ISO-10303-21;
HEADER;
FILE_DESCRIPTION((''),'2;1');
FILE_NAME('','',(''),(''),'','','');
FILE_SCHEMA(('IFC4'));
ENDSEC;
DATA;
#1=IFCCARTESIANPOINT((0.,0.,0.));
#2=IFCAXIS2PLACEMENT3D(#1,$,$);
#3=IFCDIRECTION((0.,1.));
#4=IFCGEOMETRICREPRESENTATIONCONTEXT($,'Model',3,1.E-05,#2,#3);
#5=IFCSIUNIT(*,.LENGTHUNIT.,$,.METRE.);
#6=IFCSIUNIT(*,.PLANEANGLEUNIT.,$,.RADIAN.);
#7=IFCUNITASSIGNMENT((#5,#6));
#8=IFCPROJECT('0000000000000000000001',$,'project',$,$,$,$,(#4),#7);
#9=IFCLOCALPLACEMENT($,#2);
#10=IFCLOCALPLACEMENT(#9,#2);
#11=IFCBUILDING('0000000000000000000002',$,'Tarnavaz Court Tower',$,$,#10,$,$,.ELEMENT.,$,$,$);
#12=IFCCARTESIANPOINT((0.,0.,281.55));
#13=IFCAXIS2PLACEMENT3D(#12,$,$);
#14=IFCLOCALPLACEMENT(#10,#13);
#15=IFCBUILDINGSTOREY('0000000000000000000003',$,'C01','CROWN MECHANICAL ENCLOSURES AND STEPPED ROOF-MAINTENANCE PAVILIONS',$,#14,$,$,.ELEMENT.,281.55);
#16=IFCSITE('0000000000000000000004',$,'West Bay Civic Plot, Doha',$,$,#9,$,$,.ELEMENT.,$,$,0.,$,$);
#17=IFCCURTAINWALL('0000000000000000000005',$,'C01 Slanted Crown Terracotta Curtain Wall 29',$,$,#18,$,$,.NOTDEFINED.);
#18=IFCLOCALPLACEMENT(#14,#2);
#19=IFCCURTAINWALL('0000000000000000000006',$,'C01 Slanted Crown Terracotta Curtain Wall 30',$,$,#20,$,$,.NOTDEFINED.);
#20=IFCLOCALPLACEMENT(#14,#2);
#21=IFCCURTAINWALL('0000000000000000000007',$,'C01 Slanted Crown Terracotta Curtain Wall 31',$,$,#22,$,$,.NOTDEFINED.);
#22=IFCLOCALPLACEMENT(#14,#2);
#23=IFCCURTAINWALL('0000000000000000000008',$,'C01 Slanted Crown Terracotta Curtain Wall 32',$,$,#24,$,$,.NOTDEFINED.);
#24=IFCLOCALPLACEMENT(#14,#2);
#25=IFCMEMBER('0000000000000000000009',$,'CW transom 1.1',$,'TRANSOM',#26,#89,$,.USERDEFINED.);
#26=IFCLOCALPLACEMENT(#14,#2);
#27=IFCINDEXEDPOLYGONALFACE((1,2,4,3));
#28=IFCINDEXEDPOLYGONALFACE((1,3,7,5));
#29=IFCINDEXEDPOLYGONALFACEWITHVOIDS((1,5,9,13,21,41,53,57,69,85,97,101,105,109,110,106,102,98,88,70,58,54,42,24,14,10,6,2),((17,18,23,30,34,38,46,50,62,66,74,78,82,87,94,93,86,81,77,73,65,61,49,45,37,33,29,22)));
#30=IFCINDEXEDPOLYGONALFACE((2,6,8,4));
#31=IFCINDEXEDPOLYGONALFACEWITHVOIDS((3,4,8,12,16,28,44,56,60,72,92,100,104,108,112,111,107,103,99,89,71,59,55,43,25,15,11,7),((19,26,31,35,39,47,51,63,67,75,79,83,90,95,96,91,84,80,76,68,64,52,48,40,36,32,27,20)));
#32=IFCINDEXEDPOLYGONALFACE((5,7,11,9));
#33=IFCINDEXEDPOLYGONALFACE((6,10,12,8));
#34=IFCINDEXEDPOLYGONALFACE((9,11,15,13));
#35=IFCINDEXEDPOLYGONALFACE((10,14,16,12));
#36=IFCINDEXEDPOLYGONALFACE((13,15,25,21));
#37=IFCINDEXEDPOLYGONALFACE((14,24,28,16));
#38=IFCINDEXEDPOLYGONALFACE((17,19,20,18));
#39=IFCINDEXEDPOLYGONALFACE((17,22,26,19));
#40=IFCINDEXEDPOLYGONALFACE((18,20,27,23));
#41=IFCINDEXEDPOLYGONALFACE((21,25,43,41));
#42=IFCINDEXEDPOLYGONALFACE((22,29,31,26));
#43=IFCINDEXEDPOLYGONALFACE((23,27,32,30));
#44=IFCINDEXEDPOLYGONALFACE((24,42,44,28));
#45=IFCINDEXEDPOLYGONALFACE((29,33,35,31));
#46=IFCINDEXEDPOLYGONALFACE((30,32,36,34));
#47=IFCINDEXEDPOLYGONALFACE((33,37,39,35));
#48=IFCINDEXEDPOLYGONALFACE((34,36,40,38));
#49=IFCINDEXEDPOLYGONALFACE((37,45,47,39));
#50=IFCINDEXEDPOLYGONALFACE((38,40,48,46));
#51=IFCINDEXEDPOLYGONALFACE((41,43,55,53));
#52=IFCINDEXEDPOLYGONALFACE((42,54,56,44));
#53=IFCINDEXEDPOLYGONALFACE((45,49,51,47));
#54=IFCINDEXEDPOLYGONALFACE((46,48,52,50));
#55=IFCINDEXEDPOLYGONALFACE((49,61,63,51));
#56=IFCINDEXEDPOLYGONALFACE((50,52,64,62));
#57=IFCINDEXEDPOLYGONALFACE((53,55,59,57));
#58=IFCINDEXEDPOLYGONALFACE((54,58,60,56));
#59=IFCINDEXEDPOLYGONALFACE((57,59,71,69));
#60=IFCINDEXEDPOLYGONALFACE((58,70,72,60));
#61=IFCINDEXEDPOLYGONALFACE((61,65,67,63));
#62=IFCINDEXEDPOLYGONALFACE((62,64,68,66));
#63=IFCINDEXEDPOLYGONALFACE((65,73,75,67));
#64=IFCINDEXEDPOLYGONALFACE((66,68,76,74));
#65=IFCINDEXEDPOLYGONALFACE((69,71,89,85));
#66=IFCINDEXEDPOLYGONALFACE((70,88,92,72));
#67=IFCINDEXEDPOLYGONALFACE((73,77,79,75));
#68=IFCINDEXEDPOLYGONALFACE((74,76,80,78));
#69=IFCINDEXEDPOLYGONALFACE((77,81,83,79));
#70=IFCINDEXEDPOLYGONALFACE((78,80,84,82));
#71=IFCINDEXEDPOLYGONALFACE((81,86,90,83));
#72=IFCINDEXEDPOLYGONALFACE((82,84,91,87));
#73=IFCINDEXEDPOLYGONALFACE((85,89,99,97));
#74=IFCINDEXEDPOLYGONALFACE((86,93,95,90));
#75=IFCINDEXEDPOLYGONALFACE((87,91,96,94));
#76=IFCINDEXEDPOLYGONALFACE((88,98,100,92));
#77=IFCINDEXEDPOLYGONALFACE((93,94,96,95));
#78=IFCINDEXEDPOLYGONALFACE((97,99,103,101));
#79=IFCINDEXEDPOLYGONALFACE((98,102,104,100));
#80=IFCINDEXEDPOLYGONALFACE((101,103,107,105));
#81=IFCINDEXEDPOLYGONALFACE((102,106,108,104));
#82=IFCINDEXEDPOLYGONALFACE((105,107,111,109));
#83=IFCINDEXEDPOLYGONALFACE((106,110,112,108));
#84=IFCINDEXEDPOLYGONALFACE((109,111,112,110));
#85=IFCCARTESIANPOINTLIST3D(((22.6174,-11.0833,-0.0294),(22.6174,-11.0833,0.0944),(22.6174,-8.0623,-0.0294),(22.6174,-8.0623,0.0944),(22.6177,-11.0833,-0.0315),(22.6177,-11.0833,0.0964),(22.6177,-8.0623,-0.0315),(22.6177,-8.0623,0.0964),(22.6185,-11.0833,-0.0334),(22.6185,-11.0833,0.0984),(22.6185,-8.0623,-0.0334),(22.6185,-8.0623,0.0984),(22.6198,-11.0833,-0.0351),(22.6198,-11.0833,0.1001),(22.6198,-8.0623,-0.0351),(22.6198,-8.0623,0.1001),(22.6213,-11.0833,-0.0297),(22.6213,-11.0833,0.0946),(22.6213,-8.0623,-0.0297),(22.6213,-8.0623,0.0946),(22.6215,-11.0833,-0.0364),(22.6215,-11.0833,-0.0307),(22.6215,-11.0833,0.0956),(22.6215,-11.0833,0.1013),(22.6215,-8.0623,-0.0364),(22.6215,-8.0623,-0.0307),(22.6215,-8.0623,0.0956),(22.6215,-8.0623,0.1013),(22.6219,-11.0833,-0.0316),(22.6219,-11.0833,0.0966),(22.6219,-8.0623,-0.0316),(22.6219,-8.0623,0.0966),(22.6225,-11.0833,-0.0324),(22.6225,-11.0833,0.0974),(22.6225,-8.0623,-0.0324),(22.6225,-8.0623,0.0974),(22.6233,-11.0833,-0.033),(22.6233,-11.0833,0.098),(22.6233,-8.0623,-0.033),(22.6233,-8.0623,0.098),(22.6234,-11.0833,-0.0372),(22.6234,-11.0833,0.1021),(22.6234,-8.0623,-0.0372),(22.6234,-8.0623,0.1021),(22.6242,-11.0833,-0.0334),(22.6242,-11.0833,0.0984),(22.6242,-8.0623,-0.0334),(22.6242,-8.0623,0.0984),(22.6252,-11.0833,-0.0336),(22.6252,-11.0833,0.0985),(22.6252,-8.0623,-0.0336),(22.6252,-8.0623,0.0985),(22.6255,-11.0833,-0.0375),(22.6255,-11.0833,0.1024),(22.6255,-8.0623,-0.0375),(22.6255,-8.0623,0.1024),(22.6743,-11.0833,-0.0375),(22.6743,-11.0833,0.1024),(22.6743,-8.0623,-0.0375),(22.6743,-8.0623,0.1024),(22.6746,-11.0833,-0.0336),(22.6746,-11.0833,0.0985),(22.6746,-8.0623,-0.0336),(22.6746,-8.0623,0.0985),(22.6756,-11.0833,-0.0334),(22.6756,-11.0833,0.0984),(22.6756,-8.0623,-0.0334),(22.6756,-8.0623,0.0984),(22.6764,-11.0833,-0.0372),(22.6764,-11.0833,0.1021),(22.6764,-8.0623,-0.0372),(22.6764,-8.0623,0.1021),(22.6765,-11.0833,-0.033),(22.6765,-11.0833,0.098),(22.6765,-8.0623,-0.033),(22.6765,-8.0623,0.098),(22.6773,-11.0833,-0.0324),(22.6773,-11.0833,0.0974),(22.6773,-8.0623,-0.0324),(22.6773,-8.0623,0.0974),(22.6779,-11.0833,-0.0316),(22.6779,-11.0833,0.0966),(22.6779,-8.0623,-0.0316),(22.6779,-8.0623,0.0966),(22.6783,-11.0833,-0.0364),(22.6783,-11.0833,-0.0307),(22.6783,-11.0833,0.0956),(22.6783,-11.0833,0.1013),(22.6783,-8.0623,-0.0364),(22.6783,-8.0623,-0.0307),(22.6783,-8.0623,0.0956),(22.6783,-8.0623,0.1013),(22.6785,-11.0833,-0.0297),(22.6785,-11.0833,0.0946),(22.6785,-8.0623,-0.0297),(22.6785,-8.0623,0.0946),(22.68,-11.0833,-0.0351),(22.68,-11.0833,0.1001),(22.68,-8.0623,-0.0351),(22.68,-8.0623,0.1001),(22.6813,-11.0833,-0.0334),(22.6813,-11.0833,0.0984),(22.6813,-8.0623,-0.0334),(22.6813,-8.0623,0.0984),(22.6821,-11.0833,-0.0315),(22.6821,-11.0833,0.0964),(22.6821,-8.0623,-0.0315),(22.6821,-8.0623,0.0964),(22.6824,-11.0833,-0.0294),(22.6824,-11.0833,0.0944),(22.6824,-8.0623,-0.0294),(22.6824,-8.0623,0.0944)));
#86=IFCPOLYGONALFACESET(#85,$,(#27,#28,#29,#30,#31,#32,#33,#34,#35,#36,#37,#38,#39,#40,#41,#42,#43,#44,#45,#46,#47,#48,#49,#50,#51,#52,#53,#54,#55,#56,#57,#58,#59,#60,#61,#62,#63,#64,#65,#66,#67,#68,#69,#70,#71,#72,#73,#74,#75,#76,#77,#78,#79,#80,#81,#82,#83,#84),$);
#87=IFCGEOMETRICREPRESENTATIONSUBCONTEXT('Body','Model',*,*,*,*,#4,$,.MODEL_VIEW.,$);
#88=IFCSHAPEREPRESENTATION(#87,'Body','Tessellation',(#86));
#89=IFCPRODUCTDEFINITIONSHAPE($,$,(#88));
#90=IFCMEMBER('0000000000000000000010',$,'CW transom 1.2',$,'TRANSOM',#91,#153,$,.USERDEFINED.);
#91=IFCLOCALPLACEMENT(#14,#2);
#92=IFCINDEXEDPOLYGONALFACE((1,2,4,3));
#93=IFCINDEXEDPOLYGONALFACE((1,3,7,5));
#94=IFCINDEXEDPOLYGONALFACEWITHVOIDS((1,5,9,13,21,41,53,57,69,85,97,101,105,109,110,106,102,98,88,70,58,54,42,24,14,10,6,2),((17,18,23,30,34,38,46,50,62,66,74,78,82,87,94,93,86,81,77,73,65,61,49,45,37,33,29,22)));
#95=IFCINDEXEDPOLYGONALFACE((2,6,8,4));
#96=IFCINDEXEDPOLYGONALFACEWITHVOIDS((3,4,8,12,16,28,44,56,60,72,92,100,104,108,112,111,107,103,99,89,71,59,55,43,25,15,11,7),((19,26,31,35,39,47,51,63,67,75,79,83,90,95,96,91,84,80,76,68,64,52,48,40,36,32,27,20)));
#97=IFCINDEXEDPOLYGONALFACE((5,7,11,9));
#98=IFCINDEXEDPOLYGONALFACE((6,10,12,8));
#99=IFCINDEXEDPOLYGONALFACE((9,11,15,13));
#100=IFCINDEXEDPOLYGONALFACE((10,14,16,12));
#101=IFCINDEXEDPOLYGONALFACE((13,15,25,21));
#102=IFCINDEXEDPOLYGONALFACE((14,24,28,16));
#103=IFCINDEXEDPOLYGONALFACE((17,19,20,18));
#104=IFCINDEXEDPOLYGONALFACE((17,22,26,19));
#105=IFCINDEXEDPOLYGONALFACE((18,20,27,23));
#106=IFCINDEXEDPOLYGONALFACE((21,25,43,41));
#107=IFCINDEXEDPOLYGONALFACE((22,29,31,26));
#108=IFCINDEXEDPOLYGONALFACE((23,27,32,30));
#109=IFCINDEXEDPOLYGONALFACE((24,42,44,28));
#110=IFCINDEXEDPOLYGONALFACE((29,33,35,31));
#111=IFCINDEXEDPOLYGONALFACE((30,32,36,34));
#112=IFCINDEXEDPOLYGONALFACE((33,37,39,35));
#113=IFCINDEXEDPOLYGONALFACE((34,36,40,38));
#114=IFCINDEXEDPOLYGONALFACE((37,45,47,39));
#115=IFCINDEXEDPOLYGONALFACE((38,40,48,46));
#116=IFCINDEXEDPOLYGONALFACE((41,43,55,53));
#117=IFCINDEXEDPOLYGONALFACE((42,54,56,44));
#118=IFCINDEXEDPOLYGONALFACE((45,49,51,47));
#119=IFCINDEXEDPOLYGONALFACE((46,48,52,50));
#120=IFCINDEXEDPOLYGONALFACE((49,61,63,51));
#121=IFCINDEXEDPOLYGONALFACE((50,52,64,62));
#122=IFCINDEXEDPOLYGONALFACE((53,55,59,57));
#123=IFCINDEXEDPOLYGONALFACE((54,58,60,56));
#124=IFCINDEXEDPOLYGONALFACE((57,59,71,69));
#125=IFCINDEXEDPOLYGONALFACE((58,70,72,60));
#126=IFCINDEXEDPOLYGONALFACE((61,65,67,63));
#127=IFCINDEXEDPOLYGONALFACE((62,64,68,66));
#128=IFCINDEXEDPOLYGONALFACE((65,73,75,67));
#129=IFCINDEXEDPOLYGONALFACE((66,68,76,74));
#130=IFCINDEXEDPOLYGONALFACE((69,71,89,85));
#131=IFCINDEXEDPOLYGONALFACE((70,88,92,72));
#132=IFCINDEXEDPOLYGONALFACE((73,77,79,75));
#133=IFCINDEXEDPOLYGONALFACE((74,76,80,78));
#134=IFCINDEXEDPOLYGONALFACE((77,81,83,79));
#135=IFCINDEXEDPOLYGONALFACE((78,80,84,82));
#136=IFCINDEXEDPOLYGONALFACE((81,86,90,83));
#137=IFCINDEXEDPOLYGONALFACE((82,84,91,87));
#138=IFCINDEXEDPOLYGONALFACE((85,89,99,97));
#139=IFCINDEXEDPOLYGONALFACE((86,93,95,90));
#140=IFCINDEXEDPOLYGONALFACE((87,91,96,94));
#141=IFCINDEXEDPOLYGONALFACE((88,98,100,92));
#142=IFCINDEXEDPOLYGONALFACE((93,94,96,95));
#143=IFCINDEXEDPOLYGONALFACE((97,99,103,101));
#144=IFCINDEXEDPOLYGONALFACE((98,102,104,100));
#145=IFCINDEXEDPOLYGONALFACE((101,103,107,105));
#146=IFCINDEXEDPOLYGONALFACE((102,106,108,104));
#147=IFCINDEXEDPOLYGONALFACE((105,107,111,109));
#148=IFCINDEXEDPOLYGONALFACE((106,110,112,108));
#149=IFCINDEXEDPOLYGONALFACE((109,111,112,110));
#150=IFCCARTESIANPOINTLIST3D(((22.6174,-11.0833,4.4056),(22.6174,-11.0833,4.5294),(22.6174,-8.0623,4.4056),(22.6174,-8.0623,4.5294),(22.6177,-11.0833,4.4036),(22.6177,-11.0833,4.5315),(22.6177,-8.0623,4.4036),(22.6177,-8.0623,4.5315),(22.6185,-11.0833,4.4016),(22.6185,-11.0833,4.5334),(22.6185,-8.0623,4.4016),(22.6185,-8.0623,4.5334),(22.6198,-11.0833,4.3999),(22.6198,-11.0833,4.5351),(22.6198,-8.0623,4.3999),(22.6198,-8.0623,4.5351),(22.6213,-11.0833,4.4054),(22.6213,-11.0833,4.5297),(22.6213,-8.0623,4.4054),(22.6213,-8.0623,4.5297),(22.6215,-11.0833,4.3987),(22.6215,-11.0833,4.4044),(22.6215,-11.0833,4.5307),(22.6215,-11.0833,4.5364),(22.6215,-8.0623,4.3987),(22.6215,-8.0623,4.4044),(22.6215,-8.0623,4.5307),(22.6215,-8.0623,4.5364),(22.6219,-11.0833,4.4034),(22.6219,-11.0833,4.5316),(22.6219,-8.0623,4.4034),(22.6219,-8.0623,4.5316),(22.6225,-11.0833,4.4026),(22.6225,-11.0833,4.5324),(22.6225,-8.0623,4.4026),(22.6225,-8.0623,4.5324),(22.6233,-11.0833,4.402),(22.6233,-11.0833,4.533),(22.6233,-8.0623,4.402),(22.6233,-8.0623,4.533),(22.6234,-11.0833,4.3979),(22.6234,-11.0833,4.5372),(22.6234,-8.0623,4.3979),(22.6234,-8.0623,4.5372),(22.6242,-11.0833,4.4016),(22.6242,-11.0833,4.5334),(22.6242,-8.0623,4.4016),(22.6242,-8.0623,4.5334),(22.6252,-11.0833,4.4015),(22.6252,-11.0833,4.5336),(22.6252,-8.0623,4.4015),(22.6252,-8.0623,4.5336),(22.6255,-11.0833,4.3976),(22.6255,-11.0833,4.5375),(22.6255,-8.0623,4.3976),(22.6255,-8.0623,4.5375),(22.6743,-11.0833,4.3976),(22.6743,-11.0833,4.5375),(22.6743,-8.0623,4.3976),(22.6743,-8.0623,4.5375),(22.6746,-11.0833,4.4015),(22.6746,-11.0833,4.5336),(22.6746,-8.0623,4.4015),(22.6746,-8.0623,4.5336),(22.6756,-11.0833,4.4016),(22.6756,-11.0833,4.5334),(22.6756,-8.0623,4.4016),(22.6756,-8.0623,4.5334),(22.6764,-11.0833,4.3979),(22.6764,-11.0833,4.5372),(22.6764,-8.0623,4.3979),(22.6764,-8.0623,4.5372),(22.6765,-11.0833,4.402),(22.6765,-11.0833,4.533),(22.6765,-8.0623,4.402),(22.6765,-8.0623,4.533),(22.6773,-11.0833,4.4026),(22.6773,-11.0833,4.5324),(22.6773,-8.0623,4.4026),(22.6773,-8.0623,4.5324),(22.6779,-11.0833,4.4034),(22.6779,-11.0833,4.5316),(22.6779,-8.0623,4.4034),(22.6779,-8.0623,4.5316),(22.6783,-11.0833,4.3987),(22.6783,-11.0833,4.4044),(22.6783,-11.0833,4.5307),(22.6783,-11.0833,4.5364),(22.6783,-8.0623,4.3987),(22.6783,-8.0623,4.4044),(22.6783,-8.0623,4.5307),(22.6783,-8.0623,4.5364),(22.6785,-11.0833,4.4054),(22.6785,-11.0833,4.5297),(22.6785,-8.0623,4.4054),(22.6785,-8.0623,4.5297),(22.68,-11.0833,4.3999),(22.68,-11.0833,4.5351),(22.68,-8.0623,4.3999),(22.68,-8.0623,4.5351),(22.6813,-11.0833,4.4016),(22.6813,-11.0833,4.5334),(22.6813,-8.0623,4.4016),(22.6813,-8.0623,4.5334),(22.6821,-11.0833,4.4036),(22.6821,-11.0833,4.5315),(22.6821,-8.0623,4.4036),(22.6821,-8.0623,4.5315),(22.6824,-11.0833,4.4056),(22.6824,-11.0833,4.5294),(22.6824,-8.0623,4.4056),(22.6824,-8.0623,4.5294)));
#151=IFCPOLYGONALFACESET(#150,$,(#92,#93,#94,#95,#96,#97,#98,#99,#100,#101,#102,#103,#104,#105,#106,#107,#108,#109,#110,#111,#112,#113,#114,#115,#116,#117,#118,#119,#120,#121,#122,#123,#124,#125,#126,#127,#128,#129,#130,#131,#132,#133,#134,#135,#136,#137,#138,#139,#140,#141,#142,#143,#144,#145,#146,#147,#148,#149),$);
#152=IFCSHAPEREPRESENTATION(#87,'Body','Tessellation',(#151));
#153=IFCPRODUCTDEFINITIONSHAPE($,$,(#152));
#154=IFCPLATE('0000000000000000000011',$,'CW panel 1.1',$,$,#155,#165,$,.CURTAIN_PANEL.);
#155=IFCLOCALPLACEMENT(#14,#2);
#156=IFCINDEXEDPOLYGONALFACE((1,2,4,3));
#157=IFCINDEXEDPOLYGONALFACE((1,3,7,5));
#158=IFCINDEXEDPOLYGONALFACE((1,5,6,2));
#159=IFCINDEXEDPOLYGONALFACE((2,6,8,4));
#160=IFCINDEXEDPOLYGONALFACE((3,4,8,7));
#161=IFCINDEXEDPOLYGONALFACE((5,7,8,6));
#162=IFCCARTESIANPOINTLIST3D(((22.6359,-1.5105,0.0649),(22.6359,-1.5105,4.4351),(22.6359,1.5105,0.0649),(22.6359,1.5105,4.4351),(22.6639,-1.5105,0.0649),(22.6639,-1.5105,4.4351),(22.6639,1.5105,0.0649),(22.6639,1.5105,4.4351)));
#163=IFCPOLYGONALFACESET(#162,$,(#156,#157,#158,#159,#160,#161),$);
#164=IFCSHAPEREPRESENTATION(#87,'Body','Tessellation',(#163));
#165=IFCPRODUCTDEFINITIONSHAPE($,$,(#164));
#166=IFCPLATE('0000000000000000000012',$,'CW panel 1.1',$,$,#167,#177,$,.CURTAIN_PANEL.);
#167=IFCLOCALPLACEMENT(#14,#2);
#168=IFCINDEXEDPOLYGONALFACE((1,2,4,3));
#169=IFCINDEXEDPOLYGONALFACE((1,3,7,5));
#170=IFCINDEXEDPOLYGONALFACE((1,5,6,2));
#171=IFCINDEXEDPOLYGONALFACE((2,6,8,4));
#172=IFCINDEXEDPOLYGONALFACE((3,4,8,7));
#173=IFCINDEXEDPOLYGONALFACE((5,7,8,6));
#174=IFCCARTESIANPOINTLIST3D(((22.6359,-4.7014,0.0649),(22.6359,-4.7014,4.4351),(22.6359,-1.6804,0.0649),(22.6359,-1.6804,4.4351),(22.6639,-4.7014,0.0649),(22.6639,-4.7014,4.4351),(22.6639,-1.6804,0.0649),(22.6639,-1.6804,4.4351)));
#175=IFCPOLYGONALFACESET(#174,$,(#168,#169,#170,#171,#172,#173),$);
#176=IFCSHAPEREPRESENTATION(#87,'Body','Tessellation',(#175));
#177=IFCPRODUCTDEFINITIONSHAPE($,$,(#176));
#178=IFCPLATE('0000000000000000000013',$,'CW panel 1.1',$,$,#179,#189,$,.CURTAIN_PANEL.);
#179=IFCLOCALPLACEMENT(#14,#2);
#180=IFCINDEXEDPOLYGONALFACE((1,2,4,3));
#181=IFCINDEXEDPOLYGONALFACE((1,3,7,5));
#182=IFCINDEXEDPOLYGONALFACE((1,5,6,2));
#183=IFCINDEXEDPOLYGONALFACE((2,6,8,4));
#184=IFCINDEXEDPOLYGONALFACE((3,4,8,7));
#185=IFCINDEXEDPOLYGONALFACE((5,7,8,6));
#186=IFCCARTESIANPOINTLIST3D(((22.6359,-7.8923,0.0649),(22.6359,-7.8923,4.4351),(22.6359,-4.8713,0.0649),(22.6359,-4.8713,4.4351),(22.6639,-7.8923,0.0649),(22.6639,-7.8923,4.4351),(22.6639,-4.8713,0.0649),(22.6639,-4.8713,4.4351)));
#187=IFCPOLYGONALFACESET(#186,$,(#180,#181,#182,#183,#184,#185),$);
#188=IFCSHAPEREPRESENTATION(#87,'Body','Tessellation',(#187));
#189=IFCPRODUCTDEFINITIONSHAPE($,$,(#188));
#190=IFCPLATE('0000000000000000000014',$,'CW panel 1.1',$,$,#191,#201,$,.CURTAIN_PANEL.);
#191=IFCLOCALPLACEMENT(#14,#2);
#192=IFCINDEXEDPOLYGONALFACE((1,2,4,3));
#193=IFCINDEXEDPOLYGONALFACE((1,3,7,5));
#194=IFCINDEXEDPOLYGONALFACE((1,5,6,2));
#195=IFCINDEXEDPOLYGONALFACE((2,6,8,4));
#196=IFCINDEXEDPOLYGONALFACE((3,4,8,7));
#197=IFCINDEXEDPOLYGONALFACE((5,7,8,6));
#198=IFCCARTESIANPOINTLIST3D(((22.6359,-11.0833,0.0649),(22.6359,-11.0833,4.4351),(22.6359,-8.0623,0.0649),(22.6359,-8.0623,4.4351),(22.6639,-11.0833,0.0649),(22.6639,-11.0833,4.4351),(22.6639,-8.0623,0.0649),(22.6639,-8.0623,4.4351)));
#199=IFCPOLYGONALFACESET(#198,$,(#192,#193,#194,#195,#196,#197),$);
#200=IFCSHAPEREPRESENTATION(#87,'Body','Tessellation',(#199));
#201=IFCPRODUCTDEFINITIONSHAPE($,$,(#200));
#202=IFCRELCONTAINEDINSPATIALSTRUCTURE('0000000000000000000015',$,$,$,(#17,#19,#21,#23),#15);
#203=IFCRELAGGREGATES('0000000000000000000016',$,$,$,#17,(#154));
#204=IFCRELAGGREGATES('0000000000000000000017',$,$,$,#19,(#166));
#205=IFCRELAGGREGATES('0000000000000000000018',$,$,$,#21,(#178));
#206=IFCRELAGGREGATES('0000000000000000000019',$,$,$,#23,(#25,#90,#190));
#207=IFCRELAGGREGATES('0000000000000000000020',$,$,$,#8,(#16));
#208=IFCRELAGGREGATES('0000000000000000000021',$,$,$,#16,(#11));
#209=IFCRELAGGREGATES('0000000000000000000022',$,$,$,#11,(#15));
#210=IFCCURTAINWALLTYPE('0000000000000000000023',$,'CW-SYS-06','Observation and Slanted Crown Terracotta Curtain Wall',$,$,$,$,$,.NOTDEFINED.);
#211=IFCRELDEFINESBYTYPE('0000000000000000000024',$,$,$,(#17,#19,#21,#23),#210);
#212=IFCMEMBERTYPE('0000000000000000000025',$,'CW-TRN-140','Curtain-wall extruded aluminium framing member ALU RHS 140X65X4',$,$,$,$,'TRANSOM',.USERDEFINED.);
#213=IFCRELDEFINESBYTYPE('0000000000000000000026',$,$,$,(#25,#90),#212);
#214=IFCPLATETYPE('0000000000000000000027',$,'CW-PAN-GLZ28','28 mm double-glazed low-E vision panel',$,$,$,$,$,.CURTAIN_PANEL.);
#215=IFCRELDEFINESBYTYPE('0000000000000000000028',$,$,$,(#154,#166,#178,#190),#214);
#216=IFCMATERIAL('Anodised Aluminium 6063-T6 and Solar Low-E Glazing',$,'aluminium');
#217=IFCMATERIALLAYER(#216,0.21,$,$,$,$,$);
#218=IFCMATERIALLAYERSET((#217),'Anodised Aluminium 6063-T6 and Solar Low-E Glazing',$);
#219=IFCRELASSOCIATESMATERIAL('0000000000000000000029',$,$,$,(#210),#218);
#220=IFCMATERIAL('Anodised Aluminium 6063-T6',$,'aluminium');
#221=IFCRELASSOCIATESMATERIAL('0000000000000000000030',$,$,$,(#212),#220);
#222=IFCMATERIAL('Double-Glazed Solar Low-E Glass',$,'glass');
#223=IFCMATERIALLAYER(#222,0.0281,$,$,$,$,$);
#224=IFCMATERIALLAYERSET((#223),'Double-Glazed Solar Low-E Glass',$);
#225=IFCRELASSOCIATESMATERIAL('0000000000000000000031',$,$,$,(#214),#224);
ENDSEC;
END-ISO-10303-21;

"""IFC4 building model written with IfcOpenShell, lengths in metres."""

from ifc_helpers import new_model, si_unit, direction, frame, origin, origin_2d, place, context, subcontext, project, spatial, rectangle, hollow_rectangle, extrude, material, layer, layer_set, material_profile, profile_set, type_object, element, aggregate, save


model = new_model("IFC4")

# Units and contexts
model_context = context("Model", 3, precision=1e-05, world=origin(), true_north=direction((0.0, 1.0)))
body_context = subcontext(model_context, "Body", "Model", "MODEL_VIEW")
ifc_project = project(units=[si_unit("LENGTHUNIT", "METRE"), si_unit("PLANEANGLEUNIT", "RADIAN")], contexts=[model_context])

# Site, building, storey
site_placement = place(None, origin())
site = spatial("IfcSite", under=ifc_project, at=site_placement, Name="West Bay Civic Plot, Doha", CompositionType="ELEMENT", RefElevation=0.0)
building_placement = place(site_placement, origin())
building = spatial("IfcBuilding", under=site, at=building_placement, Name="Tarnavaz Court Tower", CompositionType="ELEMENT")
storey_placement = place(building_placement, frame((0.0, 0.0, 281.55)))
storey = spatial("IfcBuildingStorey", under=building, at=storey_placement, Name="C01", Description="CROWN MECHANICAL ENCLOSURES AND STEPPED ROOF-MAINTENANCE PAVILIONS", CompositionType="ELEMENT", Elevation=281.55)

# Curtain walls
ifc_material_1 = material(Name="Anodised Aluminium 6063-T6 and Solar Low-E Glazing", Category="aluminium")
ifc_layer_1 = layer(ifc_material_1, 0.21)
ifc_layer_set_1 = layer_set([ifc_layer_1], Name="Anodised Aluminium 6063-T6 and Solar Low-E Glazing")
curtain_wall_type = type_object("IfcCurtainWallType", Name="CW-SYS-06", Description="Observation and Slanted Crown Terracotta Curtain Wall", PredefinedType="NOTDEFINED", material=ifc_layer_set_1)
curtain_wall_1_placement = place(storey_placement, origin())
curtain_wall_1 = element("IfcCurtainWall", 1, at=curtain_wall_1_placement, inside=storey, type_object=curtain_wall_type, Name="C01 Slanted Crown Terracotta Curtain Wall 29", PredefinedType="NOTDEFINED")
ifc_material_2 = material(Name="Anodised Aluminium 6063-T6", Category="aluminium")
curtain_wall_2_placement = place(storey_placement, origin())
curtain_wall_2 = element("IfcCurtainWall", 2, at=curtain_wall_2_placement, inside=storey, type_object=curtain_wall_type, Name="C01 Slanted Crown Terracotta Curtain Wall 30", PredefinedType="NOTDEFINED")
curtain_wall_3_placement = place(storey_placement, origin())
curtain_wall_3 = element("IfcCurtainWall", 3, at=curtain_wall_3_placement, inside=storey, type_object=curtain_wall_type, Name="C01 Slanted Crown Terracotta Curtain Wall 31", PredefinedType="NOTDEFINED")
curtain_wall_4_placement = place(storey_placement, origin())
curtain_wall_4 = element("IfcCurtainWall", 4, at=curtain_wall_4_placement, inside=storey, type_object=curtain_wall_type, Name="C01 Slanted Crown Terracotta Curtain Wall 32", PredefinedType="NOTDEFINED")

# Members
ifc_material_profile_1 = material_profile(ifc_material_2, hollow_rectangle(XDim=0.0649, YDim=0.1399, WallThickness=0.0039, InnerFilletRadius=0.0039, OuterFilletRadius=0.0081, at=origin_2d()), Name="ALU RHS 140X65X4")
ifc_profile_set_1 = profile_set([ifc_material_profile_1], Name="Anodised Aluminium 6063-T6")
member_type_1 = type_object("IfcMemberType", Name="CW-TRN-140", Description="Curtain-wall extruded aluminium framing member ALU RHS 140X65X4", ElementType="TRANSOM", PredefinedType="USERDEFINED", material=ifc_profile_set_1)
member_1_placement = place(storey_placement, frame((22.6499, -8.0623, 0.0325), z_axis=(0.0, -1.0, 0.0), x_axis=(1.0, 0.0, 0.0)))
member_1 = element("IfcMember", 5, at=member_1_placement, type_object=member_type_1, Name="CW transom 1.1", ObjectType="TRANSOM", PredefinedType="USERDEFINED", context=body_context, shape_type="SweptSolid", body=[
    extrude(hollow_rectangle(XDim=0.0649, YDim=0.1399, WallThickness=0.0039, InnerFilletRadius=0.0039, OuterFilletRadius=0.0081, at=origin_2d()), origin(), (0.0, 0.0, 1.0), 3.021),
])
member_2_placement = place(storey_placement, frame((22.6499, -8.0623, 4.4675), z_axis=(0.0, -1.0, 0.0), x_axis=(1.0, 0.0, 0.0)))
member_2 = element("IfcMember", 6, at=member_2_placement, type_object=member_type_1, Name="CW transom 1.2", ObjectType="TRANSOM", PredefinedType="USERDEFINED", context=body_context, shape_type="SweptSolid", body=[
    extrude(hollow_rectangle(XDim=0.0649, YDim=0.1399, WallThickness=0.0039, InnerFilletRadius=0.0039, OuterFilletRadius=0.0081, at=origin_2d()), origin(), (0.0, 0.0, 1.0), 3.021),
])

# Plates
ifc_material_3 = material(Name="Double-Glazed Solar Low-E Glass", Category="glass")
ifc_layer_2 = layer(ifc_material_3, 0.0281)
ifc_layer_set_2 = layer_set([ifc_layer_2], Name="Double-Glazed Solar Low-E Glass")
plate_type = type_object("IfcPlateType", Name="CW-PAN-GLZ28", Description="28 mm double-glazed low-E vision panel", PredefinedType="CURTAIN_PANEL", material=ifc_layer_set_2)
plate_1_placement = place(storey_placement, frame((22.6499, 0.0, 0.0649), z_axis=(0.0, 0.0, 1.0), x_axis=(0.0, -1.0, 0.0)))
plate_1 = element("IfcPlate", 7, at=plate_1_placement, type_object=plate_type, Name="CW panel 1.1", PredefinedType="CURTAIN_PANEL", context=body_context, shape_type="SweptSolid", body=[
    extrude(rectangle(XDim=3.021, YDim=0.0281, at=origin_2d()), origin(), (0.0, 0.0, 1.0), 4.3701),
])
aggregate(curtain_wall_1, [plate_1])
plate_2_placement = place(storey_placement, frame((22.6499, -3.1909, 0.0649), z_axis=(0.0, 0.0, 1.0), x_axis=(0.0, -1.0, 0.0)))
plate_2 = element("IfcPlate", 8, at=plate_2_placement, type_object=plate_type, Name="CW panel 1.1", PredefinedType="CURTAIN_PANEL", context=body_context, shape_type="SweptSolid", body=[
    extrude(rectangle(XDim=3.021, YDim=0.0281, at=origin_2d()), origin(), (0.0, 0.0, 1.0), 4.3701),
])
aggregate(curtain_wall_2, [plate_2])
plate_3_placement = place(storey_placement, frame((22.6499, -6.3818, 0.0649), z_axis=(0.0, 0.0, 1.0), x_axis=(0.0, -1.0, 0.0)))
plate_3 = element("IfcPlate", 9, at=plate_3_placement, type_object=plate_type, Name="CW panel 1.1", PredefinedType="CURTAIN_PANEL", context=body_context, shape_type="SweptSolid", body=[
    extrude(rectangle(XDim=3.021, YDim=0.0281, at=origin_2d()), origin(), (0.0, 0.0, 1.0), 4.3701),
])
aggregate(curtain_wall_3, [plate_3])
plate_4_placement = place(storey_placement, frame((22.6499, -9.5728, 0.0649), z_axis=(0.0, 0.0, 1.0), x_axis=(0.0, -1.0, 0.0)))
plate_4 = element("IfcPlate", 10, at=plate_4_placement, type_object=plate_type, Name="CW panel 1.1", PredefinedType="CURTAIN_PANEL", context=body_context, shape_type="SweptSolid", body=[
    extrude(rectangle(XDim=3.021, YDim=0.0281, at=origin_2d()), origin(), (0.0, 0.0, 1.0), 4.3701),
])
aggregate(curtain_wall_4, [member_1, member_2, plate_4])

save(model, "model.ifc")
